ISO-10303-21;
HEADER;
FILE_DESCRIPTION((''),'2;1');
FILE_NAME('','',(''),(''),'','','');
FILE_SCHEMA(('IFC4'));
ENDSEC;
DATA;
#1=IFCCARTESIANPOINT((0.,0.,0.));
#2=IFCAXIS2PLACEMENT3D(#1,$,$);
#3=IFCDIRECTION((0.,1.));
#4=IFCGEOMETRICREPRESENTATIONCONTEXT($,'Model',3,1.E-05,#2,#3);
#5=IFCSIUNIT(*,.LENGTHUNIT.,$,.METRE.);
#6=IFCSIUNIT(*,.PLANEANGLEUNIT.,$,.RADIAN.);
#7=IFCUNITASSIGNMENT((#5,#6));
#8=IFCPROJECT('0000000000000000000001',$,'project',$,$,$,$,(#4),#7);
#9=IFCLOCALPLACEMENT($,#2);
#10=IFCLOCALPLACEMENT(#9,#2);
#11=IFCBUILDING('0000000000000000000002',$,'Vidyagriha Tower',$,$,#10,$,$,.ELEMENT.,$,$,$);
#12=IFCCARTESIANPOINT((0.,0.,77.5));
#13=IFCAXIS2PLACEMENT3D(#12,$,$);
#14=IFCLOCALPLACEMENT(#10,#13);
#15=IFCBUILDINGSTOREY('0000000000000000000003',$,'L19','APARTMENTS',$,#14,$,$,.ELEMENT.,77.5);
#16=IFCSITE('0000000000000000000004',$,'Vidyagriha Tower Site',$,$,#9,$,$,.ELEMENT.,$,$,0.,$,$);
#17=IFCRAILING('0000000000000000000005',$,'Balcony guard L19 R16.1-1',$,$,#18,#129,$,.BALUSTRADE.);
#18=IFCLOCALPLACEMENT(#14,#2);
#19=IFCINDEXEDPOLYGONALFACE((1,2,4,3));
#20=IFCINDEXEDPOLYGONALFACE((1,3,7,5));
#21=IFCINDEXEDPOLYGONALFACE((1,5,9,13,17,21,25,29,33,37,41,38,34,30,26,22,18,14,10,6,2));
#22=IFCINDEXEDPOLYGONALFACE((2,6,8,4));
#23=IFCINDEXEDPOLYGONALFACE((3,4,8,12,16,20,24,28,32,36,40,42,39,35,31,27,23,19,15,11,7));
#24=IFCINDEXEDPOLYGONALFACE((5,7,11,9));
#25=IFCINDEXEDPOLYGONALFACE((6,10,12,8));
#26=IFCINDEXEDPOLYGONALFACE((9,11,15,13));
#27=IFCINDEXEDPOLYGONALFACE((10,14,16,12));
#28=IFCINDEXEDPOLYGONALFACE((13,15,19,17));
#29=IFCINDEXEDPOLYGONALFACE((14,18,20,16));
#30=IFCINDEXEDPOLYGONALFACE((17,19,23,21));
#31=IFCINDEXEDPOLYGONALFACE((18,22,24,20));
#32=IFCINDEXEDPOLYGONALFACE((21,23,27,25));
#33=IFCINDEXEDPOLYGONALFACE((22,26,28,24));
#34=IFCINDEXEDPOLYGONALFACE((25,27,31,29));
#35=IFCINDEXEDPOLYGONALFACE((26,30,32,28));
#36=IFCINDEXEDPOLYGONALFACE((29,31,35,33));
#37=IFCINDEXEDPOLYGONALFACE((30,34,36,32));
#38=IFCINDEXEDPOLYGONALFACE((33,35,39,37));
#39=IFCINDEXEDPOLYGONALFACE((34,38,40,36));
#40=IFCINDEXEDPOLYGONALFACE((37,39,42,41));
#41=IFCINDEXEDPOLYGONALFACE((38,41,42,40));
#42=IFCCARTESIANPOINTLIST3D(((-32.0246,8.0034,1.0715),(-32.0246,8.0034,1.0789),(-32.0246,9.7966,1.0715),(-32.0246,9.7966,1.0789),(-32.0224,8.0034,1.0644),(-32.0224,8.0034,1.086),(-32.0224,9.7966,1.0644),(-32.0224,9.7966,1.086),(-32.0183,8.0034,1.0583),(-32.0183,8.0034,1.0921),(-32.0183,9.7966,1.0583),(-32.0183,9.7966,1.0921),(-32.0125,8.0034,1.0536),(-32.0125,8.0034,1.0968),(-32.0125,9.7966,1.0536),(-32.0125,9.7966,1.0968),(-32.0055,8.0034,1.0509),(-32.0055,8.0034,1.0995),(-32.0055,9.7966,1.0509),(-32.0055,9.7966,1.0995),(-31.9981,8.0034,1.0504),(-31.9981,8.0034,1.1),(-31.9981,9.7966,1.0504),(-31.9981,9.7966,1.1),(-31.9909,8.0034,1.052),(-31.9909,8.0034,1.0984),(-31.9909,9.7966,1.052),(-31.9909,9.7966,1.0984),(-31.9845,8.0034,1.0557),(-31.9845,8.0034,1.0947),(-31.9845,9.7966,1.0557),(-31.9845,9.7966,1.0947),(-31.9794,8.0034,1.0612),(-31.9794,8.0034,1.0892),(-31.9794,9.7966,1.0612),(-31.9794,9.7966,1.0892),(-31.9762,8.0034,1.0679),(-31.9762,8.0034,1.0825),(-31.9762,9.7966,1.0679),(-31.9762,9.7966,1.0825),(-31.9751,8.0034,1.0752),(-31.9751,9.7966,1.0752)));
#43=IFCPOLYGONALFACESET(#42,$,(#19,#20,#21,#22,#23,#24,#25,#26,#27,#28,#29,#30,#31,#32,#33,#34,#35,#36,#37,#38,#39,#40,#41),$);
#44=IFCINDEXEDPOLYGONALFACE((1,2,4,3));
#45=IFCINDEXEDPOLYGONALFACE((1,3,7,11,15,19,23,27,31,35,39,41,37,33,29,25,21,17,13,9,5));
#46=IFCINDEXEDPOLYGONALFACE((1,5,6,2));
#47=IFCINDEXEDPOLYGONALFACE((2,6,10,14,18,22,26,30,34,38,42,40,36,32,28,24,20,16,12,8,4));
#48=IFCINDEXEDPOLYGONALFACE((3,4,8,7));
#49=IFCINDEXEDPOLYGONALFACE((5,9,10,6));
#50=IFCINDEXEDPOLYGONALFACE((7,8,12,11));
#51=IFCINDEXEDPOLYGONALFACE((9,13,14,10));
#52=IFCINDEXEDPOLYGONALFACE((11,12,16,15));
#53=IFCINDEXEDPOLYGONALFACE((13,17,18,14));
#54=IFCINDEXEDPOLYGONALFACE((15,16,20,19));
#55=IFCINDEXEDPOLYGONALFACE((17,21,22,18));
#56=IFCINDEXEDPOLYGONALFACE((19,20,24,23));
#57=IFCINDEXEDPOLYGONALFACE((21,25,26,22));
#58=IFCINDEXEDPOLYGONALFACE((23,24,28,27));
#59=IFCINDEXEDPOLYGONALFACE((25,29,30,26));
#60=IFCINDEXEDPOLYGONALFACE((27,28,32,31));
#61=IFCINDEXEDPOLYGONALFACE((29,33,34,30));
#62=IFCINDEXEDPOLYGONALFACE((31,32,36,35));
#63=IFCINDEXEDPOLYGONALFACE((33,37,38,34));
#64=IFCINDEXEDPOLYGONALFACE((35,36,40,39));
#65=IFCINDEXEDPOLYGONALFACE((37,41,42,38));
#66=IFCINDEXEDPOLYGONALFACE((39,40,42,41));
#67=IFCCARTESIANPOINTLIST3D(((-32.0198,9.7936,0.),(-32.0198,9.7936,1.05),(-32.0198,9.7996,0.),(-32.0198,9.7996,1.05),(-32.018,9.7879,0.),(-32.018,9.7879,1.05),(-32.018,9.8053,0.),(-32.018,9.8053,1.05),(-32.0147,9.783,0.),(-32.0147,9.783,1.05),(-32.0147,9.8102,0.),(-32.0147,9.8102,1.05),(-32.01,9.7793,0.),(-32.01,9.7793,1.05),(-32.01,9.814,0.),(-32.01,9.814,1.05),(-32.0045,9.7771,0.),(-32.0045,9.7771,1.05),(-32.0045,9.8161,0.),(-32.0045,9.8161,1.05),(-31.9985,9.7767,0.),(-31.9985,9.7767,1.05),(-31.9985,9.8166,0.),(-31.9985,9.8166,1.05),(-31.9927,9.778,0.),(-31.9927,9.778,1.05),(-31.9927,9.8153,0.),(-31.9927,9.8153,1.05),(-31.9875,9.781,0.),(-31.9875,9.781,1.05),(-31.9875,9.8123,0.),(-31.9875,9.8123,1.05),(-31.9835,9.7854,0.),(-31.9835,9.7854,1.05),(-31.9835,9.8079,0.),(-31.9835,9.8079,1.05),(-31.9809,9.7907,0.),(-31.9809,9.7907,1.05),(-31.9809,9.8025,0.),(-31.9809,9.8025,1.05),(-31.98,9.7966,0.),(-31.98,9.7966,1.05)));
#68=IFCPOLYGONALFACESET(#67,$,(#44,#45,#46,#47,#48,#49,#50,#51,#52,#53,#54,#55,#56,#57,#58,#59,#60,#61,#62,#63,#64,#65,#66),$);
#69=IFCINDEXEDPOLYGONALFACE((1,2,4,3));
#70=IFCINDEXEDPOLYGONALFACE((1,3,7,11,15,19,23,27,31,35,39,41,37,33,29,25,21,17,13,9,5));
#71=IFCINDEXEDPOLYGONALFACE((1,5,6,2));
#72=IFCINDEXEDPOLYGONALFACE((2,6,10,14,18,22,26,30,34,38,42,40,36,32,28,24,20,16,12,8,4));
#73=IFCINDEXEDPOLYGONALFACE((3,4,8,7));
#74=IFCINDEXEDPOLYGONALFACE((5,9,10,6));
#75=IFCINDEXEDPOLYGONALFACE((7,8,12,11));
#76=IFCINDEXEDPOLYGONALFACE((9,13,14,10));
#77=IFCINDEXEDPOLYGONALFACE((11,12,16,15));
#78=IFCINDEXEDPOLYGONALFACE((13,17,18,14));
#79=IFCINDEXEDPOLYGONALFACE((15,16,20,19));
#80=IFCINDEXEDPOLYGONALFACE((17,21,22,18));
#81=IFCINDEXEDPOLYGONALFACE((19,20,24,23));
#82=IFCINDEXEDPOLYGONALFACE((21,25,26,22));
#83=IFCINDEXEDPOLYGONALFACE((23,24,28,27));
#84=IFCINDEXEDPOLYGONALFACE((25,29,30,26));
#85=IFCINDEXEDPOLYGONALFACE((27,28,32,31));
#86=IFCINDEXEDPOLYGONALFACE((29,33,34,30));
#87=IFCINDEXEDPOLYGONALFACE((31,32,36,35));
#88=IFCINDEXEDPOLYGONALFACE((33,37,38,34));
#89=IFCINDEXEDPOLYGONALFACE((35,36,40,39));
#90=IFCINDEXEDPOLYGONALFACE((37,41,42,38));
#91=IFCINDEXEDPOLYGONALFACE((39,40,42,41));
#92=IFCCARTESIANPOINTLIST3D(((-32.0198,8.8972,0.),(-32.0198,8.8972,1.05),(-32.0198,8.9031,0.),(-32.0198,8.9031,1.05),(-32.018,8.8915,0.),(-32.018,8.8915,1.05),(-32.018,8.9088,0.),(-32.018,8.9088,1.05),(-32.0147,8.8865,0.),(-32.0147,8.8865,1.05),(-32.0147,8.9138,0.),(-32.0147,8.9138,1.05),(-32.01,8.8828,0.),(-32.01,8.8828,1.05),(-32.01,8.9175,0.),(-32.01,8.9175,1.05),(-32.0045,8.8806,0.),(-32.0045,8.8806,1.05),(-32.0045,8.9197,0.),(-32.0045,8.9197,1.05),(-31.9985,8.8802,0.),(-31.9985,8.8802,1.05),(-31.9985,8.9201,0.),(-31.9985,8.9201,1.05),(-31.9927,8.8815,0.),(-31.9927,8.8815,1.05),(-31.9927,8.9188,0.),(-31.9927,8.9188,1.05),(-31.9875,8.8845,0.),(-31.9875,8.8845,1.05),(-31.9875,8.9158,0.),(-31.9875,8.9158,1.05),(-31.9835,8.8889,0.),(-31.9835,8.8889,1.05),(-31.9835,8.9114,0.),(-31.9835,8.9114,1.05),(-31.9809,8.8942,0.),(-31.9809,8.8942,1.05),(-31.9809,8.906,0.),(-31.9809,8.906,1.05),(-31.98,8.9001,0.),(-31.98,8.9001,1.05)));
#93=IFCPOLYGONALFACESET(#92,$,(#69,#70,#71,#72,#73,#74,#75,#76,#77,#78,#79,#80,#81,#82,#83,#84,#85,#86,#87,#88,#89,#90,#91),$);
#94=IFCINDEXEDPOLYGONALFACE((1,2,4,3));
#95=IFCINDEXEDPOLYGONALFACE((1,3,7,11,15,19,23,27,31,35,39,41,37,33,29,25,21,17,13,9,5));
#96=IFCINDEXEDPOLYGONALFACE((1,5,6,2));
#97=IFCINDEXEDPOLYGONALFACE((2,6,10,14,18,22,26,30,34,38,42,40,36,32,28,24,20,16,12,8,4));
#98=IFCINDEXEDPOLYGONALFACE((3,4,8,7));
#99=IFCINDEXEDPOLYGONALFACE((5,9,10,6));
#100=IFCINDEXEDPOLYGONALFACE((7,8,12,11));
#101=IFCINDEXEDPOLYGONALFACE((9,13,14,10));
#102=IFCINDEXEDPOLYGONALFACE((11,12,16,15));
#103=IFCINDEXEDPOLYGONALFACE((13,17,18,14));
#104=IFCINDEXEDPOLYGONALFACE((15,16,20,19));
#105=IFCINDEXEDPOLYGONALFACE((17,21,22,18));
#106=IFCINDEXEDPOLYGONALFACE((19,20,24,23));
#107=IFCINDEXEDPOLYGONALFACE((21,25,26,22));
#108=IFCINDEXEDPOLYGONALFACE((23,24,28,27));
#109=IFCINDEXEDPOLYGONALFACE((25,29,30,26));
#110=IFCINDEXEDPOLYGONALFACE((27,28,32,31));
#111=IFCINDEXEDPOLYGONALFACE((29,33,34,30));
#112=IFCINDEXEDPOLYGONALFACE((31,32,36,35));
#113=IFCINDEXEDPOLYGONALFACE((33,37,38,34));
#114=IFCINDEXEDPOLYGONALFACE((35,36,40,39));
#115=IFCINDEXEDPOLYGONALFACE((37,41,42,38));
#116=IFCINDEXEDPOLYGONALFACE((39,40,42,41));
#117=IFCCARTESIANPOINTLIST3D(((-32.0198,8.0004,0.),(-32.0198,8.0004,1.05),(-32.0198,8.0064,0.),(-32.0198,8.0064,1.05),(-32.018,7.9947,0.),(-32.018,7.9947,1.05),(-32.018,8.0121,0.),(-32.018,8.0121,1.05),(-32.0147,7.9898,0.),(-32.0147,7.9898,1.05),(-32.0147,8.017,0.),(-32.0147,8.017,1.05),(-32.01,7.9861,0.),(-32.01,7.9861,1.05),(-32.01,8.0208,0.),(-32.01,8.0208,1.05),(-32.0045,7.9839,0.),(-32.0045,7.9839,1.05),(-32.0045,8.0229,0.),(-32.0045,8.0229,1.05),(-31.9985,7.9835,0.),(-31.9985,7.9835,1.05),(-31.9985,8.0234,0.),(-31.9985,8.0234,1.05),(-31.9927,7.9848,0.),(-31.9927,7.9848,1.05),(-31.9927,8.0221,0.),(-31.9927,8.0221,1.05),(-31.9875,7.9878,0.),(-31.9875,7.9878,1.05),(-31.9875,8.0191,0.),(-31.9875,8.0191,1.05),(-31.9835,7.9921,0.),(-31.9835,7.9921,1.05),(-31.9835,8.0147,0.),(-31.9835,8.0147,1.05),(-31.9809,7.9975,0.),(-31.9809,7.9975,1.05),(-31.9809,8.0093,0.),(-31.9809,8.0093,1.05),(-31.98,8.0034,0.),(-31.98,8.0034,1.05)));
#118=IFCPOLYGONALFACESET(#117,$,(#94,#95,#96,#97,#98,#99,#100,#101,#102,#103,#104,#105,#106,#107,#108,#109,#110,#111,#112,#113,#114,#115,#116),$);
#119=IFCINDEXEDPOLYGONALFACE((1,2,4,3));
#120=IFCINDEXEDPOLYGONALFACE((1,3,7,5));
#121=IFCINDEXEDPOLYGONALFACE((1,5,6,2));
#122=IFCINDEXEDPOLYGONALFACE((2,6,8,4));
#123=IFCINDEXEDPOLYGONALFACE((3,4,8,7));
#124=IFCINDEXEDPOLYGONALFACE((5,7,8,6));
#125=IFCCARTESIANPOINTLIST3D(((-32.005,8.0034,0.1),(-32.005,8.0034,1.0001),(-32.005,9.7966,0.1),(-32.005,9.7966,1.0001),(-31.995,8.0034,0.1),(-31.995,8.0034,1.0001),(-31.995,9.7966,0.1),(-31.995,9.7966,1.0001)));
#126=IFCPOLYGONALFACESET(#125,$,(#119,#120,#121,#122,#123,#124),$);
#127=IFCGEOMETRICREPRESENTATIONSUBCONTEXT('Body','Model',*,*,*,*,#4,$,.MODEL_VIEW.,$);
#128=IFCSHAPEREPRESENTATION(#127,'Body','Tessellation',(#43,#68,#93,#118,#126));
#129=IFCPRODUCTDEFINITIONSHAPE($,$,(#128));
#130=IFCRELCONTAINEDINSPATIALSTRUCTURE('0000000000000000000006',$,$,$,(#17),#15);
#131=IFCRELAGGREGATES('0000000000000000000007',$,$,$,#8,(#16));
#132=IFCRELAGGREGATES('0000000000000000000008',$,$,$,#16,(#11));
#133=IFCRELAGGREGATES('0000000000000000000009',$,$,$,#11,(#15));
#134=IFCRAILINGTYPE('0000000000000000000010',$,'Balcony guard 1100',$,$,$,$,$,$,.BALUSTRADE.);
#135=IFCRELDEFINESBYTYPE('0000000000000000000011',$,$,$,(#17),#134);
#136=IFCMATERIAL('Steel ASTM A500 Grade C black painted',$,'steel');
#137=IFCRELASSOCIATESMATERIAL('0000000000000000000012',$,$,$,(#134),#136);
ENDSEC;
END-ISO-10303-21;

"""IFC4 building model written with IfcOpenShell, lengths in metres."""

from ifc_helpers import new_model, si_unit, direction, frame, origin, origin_2d, place, context, subcontext, project, spatial, rectangle, circle, extrude, material, type_object, element, save


model = new_model("IFC4")

# Units and contexts
model_context = context("Model", 3, precision=1e-05, world=origin(), true_north=direction((0.0, 1.0)))
body_context = subcontext(model_context, "Body", "Model", "MODEL_VIEW")
ifc_project = project(units=[si_unit("LENGTHUNIT", "METRE"), si_unit("PLANEANGLEUNIT", "RADIAN")], contexts=[model_context])

# Site, building, storey
site_placement = place(None, origin())
site = spatial("IfcSite", under=ifc_project, at=site_placement, Name="Vidyagriha Tower Site", CompositionType="ELEMENT", RefElevation=0.0)
building_placement = place(site_placement, origin())
building = spatial("IfcBuilding", under=site, at=building_placement, Name="Vidyagriha Tower", CompositionType="ELEMENT")
storey_placement = place(building_placement, frame((0.0, 0.0, 77.5)))
storey = spatial("IfcBuildingStorey", under=building, at=storey_placement, Name="L19", Description="APARTMENTS", CompositionType="ELEMENT", Elevation=77.5)

# Railing
ifc_material_1 = material(Name="Steel ASTM A500 Grade C black painted", Category="steel")
railing_type_1 = type_object("IfcRailingType", Name="Balcony guard 1100", PredefinedType="BALUSTRADE", material=ifc_material_1)
railing_1_placement = place(storey_placement, frame((-32.0, 9.7966, 0.0)))
element("IfcRailing", 1, at=railing_1_placement, inside=storey, type_object=railing_type_1, Name="Balcony guard L19 R16.1-1", PredefinedType="BALUSTRADE", context=body_context, shape_type="SweptSolid", body=[
    extrude(circle(Radius=0.0249, at=origin_2d()), frame((0.0, 0.0, 1.0752), z_axis=(0.0, -1.0, 0.0), x_axis=(1.0, 0.0, 0.0)), (0.0, 0.0, 1.0), 1.7932),
    extrude(circle(Radius=0.02, at=origin_2d()), origin(), (0.0, 0.0, 1.0), 1.05),
    extrude(circle(Radius=0.02, at=origin_2d()), frame((0.0, -0.8965, 0.0)), (0.0, 0.0, 1.0), 1.05),
    extrude(circle(Radius=0.02, at=origin_2d()), frame((0.0, -1.7932, 0.0)), (0.0, 0.0, 1.0), 1.05),
    extrude(rectangle(XDim=0.01, YDim=0.9001, at=origin_2d()), frame((0.0, 0.0, 0.55), z_axis=(0.0, -1.0, 0.0), x_axis=(1.0, 0.0, 0.0)), (0.0, 0.0, 1.0), 1.7932),
])

save(model, "model.ifc")
